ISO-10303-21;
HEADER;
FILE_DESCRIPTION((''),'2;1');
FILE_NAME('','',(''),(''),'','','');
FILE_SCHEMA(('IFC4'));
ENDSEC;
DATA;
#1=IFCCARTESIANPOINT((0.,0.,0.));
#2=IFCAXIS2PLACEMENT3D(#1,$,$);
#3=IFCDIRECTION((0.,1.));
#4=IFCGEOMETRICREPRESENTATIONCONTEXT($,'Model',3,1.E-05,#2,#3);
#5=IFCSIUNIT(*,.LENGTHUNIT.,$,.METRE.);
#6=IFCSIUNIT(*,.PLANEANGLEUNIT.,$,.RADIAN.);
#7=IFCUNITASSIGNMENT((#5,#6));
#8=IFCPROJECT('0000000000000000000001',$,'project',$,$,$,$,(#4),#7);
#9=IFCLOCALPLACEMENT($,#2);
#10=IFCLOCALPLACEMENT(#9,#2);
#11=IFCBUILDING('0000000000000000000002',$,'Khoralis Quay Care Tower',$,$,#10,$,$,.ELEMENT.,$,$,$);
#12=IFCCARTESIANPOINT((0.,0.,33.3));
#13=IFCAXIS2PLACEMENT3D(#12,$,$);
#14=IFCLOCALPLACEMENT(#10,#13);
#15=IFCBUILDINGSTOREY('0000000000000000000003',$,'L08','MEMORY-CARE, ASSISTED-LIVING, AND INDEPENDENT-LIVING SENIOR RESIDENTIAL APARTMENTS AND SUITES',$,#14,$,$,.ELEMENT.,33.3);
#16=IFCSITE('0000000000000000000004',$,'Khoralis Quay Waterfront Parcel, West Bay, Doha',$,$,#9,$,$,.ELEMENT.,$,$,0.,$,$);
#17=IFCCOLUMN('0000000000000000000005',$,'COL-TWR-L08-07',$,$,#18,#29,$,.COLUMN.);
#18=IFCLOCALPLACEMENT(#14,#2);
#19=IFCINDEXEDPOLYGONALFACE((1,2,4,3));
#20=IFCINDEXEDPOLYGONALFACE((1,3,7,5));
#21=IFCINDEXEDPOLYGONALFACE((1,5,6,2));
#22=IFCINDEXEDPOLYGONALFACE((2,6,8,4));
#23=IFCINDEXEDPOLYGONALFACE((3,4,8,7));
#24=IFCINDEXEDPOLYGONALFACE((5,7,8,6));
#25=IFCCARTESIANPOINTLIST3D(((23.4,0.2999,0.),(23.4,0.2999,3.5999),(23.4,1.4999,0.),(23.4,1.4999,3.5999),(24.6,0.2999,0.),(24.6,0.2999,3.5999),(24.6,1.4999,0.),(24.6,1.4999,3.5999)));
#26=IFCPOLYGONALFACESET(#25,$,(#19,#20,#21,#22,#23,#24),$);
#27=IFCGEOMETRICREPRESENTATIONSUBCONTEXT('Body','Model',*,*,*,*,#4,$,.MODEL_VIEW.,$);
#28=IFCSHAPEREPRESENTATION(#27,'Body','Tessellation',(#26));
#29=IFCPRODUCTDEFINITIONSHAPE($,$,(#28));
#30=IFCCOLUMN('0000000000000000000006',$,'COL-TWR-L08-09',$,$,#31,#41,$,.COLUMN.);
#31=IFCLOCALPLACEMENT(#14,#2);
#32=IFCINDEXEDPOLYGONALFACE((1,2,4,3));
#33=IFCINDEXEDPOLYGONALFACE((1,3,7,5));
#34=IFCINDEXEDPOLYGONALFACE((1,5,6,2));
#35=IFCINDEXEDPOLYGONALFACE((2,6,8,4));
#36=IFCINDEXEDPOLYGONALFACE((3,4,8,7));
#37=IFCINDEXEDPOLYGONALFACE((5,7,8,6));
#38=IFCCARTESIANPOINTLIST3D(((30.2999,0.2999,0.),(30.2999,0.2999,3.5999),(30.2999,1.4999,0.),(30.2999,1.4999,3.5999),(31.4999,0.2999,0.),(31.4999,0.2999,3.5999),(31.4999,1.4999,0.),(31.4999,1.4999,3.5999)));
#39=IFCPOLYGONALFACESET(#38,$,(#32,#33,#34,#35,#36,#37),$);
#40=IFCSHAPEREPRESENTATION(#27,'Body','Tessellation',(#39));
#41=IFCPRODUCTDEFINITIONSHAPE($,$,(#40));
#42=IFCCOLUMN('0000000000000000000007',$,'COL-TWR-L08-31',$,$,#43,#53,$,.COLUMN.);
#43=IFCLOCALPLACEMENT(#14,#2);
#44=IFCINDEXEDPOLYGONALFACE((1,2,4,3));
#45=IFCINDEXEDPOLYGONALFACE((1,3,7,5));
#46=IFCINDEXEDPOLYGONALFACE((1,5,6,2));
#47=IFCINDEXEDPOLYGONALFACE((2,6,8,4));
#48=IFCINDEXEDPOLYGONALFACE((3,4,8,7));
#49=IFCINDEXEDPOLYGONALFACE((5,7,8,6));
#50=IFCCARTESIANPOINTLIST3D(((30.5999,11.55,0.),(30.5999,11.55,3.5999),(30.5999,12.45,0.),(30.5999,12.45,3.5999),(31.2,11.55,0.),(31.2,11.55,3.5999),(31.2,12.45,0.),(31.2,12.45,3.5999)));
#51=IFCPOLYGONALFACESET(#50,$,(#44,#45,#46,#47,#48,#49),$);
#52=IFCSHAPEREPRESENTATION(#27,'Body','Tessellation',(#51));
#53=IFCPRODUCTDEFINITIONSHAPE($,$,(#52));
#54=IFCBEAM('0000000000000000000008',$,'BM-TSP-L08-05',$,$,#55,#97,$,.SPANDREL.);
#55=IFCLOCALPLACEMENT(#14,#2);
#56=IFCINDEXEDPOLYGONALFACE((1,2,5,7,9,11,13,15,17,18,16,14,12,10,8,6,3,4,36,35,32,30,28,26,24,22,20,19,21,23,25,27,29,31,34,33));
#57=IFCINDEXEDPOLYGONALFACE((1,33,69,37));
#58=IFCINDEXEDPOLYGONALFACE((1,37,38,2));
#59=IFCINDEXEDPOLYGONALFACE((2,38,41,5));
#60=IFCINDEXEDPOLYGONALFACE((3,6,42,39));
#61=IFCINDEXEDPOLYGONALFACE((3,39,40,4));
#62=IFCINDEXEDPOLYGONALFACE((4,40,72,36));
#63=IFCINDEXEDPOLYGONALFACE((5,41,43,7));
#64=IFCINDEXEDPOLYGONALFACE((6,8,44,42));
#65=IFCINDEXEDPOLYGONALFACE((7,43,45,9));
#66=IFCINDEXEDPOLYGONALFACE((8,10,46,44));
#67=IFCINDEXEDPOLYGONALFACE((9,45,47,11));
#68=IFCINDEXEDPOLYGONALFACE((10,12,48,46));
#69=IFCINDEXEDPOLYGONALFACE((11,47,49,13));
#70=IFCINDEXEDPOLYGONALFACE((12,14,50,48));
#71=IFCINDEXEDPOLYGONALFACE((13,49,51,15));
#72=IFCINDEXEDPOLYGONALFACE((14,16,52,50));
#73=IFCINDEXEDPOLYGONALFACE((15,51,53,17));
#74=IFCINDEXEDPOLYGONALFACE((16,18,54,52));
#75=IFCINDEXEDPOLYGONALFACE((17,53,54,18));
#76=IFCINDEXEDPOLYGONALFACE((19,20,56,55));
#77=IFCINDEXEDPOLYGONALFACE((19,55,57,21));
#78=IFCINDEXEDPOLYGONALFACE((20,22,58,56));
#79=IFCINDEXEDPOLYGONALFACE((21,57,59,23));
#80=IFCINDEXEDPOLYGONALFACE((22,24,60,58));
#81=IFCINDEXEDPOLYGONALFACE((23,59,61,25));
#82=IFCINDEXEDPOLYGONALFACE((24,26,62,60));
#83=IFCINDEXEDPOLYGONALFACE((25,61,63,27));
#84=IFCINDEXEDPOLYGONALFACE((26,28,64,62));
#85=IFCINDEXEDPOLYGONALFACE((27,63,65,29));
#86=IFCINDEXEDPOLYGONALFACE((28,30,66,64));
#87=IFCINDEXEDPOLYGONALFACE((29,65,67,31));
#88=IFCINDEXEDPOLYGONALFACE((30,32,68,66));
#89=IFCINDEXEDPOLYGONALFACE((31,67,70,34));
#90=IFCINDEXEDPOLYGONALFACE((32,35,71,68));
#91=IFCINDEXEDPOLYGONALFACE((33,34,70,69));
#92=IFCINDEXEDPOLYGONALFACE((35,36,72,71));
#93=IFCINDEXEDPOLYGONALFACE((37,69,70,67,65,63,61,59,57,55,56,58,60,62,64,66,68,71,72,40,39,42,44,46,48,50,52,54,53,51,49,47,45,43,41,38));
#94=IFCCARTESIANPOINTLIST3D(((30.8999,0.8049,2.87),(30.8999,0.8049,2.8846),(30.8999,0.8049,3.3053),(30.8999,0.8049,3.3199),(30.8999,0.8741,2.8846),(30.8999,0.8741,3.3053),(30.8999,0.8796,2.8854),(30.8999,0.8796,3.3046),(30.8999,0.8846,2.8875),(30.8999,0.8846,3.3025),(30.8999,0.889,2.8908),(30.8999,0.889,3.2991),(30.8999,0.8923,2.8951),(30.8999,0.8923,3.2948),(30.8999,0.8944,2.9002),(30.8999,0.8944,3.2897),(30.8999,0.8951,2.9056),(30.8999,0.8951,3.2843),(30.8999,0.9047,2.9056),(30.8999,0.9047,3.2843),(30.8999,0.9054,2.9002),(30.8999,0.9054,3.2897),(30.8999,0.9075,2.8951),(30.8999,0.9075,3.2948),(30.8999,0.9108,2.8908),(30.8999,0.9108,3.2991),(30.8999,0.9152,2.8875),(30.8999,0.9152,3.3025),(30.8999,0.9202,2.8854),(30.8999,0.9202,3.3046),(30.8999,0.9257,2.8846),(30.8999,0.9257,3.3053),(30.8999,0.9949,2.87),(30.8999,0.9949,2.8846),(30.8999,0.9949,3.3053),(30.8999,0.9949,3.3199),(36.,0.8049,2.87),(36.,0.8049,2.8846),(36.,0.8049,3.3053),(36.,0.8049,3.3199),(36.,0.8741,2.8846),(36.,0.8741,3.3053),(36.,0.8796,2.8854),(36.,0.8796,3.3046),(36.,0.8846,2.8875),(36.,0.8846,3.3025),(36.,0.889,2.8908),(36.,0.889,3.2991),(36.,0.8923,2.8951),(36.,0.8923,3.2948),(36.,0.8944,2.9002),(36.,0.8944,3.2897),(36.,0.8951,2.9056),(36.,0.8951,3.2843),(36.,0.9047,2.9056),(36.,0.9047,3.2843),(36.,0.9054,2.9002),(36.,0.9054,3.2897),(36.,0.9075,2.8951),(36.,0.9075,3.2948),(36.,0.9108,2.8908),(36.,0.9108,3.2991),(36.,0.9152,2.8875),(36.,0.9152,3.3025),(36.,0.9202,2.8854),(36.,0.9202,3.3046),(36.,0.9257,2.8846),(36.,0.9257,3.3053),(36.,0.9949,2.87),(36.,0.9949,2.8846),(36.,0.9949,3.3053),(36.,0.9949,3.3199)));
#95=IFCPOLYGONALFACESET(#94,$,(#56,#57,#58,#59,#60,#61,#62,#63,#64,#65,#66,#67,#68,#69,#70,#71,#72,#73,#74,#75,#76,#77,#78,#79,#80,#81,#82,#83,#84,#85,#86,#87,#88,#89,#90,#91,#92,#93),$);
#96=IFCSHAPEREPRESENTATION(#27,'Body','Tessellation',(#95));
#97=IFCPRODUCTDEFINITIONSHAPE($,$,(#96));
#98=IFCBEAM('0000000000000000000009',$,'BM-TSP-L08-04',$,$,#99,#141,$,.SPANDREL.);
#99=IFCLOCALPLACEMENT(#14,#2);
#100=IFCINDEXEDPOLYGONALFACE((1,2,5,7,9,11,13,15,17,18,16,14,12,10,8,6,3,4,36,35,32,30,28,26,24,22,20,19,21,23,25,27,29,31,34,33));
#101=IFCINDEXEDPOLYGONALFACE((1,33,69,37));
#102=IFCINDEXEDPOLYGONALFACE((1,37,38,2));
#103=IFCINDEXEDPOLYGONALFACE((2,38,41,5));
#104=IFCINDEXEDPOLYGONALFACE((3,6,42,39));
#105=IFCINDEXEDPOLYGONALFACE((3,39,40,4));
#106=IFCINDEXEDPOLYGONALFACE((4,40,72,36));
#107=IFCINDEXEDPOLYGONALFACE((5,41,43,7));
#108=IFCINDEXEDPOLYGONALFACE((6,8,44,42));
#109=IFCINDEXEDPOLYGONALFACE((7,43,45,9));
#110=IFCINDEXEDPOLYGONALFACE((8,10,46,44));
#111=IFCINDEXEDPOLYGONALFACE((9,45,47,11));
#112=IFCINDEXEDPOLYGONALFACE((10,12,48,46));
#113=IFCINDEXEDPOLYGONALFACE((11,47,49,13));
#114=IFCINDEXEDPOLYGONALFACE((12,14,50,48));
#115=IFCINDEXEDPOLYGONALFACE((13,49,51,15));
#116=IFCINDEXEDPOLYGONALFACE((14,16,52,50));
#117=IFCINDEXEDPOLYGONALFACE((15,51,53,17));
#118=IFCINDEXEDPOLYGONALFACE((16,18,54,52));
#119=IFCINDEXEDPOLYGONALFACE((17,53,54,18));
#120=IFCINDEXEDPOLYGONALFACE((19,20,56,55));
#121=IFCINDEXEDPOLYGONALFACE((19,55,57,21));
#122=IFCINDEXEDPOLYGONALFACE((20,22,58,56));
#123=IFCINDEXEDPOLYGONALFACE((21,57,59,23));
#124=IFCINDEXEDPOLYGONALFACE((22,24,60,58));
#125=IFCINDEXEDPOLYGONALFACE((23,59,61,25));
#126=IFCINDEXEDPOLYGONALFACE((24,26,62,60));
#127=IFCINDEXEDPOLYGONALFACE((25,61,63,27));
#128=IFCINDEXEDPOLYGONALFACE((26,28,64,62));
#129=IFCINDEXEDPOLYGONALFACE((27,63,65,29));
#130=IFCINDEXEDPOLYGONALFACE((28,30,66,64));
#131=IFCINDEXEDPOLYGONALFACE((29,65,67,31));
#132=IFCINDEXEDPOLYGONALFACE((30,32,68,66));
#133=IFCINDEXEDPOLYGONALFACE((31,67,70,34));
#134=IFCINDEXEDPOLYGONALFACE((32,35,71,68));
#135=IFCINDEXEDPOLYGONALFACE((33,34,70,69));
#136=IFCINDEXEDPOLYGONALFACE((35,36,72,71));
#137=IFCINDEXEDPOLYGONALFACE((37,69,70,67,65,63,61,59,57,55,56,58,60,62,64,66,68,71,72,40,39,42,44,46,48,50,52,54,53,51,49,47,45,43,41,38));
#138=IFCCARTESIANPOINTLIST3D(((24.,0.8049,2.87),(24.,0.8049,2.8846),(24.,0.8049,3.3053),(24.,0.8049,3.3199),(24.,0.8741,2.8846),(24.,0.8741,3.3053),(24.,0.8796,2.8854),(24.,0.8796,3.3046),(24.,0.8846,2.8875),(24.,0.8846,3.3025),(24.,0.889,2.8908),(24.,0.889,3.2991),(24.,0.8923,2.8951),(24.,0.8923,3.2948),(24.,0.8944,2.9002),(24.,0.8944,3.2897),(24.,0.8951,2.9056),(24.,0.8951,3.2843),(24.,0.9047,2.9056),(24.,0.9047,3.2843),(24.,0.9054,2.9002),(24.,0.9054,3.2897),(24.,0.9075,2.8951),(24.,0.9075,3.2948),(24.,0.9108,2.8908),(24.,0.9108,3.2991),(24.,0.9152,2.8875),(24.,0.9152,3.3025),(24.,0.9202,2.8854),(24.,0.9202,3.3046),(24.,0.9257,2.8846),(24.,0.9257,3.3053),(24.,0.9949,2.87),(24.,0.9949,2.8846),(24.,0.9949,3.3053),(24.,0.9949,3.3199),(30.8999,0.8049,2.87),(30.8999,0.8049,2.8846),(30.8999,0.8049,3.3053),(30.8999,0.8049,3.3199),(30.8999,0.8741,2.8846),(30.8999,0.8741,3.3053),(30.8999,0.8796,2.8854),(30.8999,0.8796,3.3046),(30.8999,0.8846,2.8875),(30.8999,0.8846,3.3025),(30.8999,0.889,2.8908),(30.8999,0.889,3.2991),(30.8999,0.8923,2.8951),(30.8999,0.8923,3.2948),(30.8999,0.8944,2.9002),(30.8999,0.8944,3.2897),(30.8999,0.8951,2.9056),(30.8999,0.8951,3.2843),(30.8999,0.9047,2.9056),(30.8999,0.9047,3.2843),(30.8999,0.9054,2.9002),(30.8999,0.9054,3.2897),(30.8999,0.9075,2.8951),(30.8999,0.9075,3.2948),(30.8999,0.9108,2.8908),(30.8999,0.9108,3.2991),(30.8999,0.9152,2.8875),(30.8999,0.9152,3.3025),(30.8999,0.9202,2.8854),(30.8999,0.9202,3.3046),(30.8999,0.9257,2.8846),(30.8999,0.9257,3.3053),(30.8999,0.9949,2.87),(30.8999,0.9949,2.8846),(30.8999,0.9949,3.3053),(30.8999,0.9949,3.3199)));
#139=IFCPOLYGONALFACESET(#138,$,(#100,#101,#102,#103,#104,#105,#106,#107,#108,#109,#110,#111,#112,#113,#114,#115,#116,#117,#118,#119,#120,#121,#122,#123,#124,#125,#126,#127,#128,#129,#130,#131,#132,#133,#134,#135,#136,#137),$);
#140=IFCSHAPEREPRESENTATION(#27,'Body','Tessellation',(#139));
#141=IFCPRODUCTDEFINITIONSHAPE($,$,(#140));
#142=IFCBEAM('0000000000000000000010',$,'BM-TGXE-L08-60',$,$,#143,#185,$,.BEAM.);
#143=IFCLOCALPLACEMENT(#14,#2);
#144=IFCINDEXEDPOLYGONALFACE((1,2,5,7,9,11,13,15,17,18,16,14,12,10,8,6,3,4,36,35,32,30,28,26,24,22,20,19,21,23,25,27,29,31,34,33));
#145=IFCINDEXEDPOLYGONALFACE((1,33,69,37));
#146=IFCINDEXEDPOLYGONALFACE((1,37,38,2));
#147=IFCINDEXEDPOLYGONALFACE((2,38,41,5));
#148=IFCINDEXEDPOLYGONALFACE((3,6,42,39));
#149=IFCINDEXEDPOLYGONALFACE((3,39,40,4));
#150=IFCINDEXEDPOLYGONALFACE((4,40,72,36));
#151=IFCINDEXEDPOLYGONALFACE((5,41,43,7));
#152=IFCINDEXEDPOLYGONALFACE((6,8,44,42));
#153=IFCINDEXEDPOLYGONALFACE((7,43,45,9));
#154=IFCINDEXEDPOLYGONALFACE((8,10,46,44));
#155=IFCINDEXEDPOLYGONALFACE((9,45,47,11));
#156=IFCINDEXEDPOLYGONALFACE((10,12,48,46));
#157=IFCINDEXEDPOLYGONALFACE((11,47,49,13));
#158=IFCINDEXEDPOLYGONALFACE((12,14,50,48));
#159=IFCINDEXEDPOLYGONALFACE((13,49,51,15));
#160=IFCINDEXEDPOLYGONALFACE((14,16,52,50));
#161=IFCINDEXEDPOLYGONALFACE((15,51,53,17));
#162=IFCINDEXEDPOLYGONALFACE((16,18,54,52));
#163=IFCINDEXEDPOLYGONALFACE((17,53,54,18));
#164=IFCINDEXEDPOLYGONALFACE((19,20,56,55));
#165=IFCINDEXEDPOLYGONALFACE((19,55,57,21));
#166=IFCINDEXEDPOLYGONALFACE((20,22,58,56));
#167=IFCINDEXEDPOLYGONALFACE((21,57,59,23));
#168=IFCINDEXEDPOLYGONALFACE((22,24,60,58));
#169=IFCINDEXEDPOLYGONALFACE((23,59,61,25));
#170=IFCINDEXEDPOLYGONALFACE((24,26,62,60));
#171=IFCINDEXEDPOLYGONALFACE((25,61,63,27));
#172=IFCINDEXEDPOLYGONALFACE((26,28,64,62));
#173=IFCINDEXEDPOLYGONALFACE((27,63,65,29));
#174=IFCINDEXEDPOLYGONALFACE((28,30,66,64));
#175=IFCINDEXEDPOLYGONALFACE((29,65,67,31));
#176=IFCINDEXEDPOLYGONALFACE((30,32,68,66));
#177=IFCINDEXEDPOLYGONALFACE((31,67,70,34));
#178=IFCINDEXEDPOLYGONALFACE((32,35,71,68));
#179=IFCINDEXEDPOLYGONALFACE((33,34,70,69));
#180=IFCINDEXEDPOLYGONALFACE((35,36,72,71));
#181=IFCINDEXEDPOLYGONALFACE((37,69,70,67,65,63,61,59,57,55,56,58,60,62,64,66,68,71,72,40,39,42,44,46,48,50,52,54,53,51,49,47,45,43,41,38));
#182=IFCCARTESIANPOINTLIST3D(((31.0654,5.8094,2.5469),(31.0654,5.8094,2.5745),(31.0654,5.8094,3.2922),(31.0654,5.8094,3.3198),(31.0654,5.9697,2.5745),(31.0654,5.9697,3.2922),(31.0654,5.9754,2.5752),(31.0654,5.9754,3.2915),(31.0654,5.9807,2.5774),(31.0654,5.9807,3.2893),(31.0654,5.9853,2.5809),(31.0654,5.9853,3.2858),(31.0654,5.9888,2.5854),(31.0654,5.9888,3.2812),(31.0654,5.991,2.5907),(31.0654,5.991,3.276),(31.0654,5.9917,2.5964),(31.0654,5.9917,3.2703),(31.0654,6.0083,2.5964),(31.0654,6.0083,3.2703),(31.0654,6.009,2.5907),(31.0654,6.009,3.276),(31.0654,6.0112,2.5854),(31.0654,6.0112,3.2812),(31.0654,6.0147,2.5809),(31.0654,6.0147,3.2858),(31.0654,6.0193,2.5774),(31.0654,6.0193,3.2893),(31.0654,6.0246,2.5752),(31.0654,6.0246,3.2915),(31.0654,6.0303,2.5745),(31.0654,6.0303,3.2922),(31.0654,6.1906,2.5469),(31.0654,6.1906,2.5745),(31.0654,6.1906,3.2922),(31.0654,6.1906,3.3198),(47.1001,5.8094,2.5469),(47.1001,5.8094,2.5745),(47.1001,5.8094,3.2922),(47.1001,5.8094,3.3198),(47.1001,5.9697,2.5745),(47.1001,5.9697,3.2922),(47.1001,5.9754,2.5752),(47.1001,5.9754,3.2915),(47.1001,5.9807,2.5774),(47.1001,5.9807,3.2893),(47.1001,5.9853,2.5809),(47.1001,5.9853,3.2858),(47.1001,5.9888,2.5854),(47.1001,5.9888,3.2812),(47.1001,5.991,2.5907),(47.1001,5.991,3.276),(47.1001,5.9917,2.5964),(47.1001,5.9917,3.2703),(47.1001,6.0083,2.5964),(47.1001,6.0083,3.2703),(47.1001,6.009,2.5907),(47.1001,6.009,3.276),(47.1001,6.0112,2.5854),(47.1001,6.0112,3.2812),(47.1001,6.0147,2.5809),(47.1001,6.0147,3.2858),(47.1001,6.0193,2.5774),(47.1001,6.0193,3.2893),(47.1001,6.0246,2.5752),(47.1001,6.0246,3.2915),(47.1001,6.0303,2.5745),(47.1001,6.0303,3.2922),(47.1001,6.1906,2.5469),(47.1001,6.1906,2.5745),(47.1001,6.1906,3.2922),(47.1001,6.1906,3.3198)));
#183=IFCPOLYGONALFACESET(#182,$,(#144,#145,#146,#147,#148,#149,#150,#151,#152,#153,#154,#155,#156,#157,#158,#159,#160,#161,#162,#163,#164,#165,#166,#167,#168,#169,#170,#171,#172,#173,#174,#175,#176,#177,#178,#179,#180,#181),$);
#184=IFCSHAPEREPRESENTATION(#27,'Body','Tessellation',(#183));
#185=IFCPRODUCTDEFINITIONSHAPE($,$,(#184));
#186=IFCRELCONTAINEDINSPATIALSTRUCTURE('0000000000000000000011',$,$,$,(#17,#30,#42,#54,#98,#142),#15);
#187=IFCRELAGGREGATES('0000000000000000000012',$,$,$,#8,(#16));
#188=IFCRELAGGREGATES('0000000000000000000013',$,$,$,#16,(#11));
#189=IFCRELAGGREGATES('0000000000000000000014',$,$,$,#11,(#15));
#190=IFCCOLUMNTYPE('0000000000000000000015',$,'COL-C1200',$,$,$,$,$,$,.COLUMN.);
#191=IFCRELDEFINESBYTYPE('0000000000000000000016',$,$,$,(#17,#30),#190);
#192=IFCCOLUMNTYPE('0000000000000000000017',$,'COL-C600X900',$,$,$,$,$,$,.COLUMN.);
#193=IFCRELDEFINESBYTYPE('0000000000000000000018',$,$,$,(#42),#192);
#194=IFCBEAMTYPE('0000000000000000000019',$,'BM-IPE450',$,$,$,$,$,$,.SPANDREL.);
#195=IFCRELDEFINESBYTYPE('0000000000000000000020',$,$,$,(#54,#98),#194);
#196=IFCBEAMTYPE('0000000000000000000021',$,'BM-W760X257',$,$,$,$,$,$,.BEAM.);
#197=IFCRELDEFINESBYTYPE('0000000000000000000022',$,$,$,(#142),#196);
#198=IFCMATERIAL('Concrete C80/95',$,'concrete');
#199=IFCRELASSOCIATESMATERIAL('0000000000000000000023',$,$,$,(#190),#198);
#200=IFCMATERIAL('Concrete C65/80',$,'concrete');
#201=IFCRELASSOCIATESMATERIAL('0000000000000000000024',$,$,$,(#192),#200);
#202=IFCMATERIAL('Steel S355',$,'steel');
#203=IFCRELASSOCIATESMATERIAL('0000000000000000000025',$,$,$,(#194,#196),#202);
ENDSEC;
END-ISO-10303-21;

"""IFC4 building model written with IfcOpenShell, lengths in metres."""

from ifc_helpers import new_model, si_unit, direction, frame, origin, origin_2d, place, context, subcontext, project, spatial, rectangle, i_section, extrude, source, transform, mapped, material, material_profile, profile_set, type_object, element, save


model = new_model("IFC4")

# Units and contexts
model_context = context("Model", 3, precision=1e-05, world=origin(), true_north=direction((0.0, 1.0)))
body_context = subcontext(model_context, "Body", "Model", "MODEL_VIEW")
ifc_project = project(units=[si_unit("LENGTHUNIT", "METRE"), si_unit("PLANEANGLEUNIT", "RADIAN")], contexts=[model_context])

# Site, building, storey
site_placement = place(None, origin())
site = spatial("IfcSite", under=ifc_project, at=site_placement, Name="Khoralis Quay Waterfront Parcel, West Bay, Doha", CompositionType="ELEMENT", RefElevation=0.0)
building_placement = place(site_placement, origin())
building = spatial("IfcBuilding", under=site, at=building_placement, Name="Khoralis Quay Care Tower", CompositionType="ELEMENT")
storey_placement = place(building_placement, frame((0.0, 0.0, 33.3)))
storey = spatial("IfcBuildingStorey", under=building, at=storey_placement, Name="L08", Description="MEMORY-CARE, ASSISTED-LIVING, AND INDEPENDENT-LIVING SENIOR RESIDENTIAL APARTMENTS AND SUITES", CompositionType="ELEMENT", Elevation=33.3)

# Columns
ifc_material_1 = material(Name="Concrete C80/95", Category="concrete")
ifc_material_profile_1 = material_profile(ifc_material_1, rectangle(XDim=1.2, YDim=1.2, at=origin_2d()), Name="Concrete C80/95")
ifc_profile_set_1 = profile_set([ifc_material_profile_1], Name="Concrete C80/95")
column_type_1 = type_object("IfcColumnType", Name="COL-C1200", PredefinedType="COLUMN", material=ifc_profile_set_1)
shared_shape_1 = source(origin(), body_context, "Body", "SweptSolid", [
    extrude(rectangle(XDim=1.2, YDim=1.2, at=origin_2d()), origin(), (0.0, 0.0, 1.0), 3.5999),
])
for number, where, z_axis, x_axis, name in (
    (1, (24.0, 0.8999, 0.0), (0.0, 0.0, 1.0), (1.0, 0.0, 0.0), "COL-TWR-L08-07"),
    (2, (30.8999, 0.8999, 0.0), (0.0, 0.0, 1.0), (1.0, 0.0, 0.0), "COL-TWR-L08-09"),
):
    element("IfcColumn", number, at=place(storey_placement, frame(where, z_axis=z_axis, x_axis=x_axis)), inside=storey, type_object=column_type_1, Name=name, PredefinedType="COLUMN", context=body_context, shape_type="MappedRepresentation", body=[
        mapped(shared_shape_1, transform((0.0, 0.0, 0.0), scale=1.0)),
    ])
ifc_material_2 = material(Name="Concrete C65/80", Category="concrete")
ifc_material_profile_2 = material_profile(ifc_material_2, rectangle(XDim=0.6001, YDim=0.8999, at=origin_2d()), Name="Concrete C65/80")
ifc_profile_set_2 = profile_set([ifc_material_profile_2], Name="Concrete C65/80")
column_type_2 = type_object("IfcColumnType", Name="COL-C600X900", PredefinedType="COLUMN", material=ifc_profile_set_2)
shared_shape_2 = source(origin(), body_context, "Body", "SweptSolid", [
    extrude(rectangle(XDim=0.6001, YDim=0.8999, at=origin_2d()), origin(), (0.0, 0.0, 1.0), 3.5999),
])
column_placement = place(storey_placement, frame((30.8999, 12.0, 0.0), z_axis=(0.0, 0.0, 1.0), x_axis=(1.0, 0.0, 0.0)))
element("IfcColumn", 3, at=column_placement, inside=storey, type_object=column_type_2, Name="COL-TWR-L08-31", PredefinedType="COLUMN", context=body_context, shape_type="MappedRepresentation", body=[
    mapped(shared_shape_2, transform((0.0, 0.0, 0.0), scale=1.0)),
])

# Beams
ifc_material_3 = material(Name="Steel S355", Category="steel")
ifc_material_profile_3 = material_profile(ifc_material_3, i_section(OverallWidth=0.1899, OverallDepth=0.45, WebThickness=0.0095, FlangeThickness=0.0146, FilletRadius=0.021, at=origin_2d()), Name="Steel S355")
ifc_profile_set_3 = profile_set([ifc_material_profile_3], Name="Steel S355")
beam_type_1 = type_object("IfcBeamType", Name="BM-IPE450", PredefinedType="SPANDREL", material=ifc_profile_set_3)
shared_shape_3 = source(origin(), body_context, "Body", "SweptSolid", [
    extrude(i_section(OverallWidth=0.1899, OverallDepth=0.45, WebThickness=0.0095, FlangeThickness=0.0146, FilletRadius=0.021, at=origin_2d()), origin(), (0.0, 0.0, 1.0), 5.1001),
])
beam_1_placement = place(storey_placement, frame((30.8999, 0.8999, 3.095), z_axis=(1.0, 0.0, 0.0), x_axis=(0.0, 1.0, 0.0)))
element("IfcBeam", 4, at=beam_1_placement, inside=storey, type_object=beam_type_1, Name="BM-TSP-L08-05", PredefinedType="SPANDREL", context=body_context, shape_type="MappedRepresentation", body=[
    mapped(shared_shape_3, transform((0.0, 0.0, 0.0), scale=1.0)),
])
shared_shape_4 = source(origin(), body_context, "Body", "SweptSolid", [
    extrude(i_section(OverallWidth=0.1899, OverallDepth=0.45, WebThickness=0.0095, FlangeThickness=0.0146, FilletRadius=0.021, at=origin_2d()), origin(), (0.0, 0.0, 1.0), 6.8999),
])
beam_2_placement = place(storey_placement, frame((24.0, 0.8999, 3.095), z_axis=(1.0, 0.0, 0.0), x_axis=(0.0, 1.0, 0.0)))
element("IfcBeam", 5, at=beam_2_placement, inside=storey, type_object=beam_type_1, Name="BM-TSP-L08-04", PredefinedType="SPANDREL", context=body_context, shape_type="MappedRepresentation", body=[
    mapped(shared_shape_4, transform((0.0, 0.0, 0.0), scale=1.0)),
])
ifc_material_profile_4 = material_profile(ifc_material_3, i_section(OverallWidth=0.3811, OverallDepth=0.7729, WebThickness=0.0166, FlangeThickness=0.0276, FilletRadius=0.022, at=origin_2d()), Name="Steel S355")
ifc_profile_set_4 = profile_set([ifc_material_profile_4], Name="Steel S355")
beam_type_2 = type_object("IfcBeamType", Name="BM-W760X257", PredefinedType="BEAM", material=ifc_profile_set_4)
shared_shape_5 = source(origin(), body_context, "Body", "SweptSolid", [
    extrude(i_section(OverallWidth=0.3811, OverallDepth=0.7729, WebThickness=0.0166, FlangeThickness=0.0276, FilletRadius=0.022, at=origin_2d()), origin(), (0.0, 0.0, 1.0), 16.0347),
])
beam_3_placement = place(storey_placement, frame((31.0654, 6.0, 2.9333), z_axis=(1.0, 0.0, 0.0), x_axis=(0.0, 1.0, 0.0)))
element("IfcBeam", 6, at=beam_3_placement, inside=storey, type_object=beam_type_2, Name="BM-TGXE-L08-60", PredefinedType="BEAM", context=body_context, shape_type="MappedRepresentation", body=[
    mapped(shared_shape_5, transform((0.0, 0.0, 0.0), scale=1.0)),
])

save(model, "model.ifc")
